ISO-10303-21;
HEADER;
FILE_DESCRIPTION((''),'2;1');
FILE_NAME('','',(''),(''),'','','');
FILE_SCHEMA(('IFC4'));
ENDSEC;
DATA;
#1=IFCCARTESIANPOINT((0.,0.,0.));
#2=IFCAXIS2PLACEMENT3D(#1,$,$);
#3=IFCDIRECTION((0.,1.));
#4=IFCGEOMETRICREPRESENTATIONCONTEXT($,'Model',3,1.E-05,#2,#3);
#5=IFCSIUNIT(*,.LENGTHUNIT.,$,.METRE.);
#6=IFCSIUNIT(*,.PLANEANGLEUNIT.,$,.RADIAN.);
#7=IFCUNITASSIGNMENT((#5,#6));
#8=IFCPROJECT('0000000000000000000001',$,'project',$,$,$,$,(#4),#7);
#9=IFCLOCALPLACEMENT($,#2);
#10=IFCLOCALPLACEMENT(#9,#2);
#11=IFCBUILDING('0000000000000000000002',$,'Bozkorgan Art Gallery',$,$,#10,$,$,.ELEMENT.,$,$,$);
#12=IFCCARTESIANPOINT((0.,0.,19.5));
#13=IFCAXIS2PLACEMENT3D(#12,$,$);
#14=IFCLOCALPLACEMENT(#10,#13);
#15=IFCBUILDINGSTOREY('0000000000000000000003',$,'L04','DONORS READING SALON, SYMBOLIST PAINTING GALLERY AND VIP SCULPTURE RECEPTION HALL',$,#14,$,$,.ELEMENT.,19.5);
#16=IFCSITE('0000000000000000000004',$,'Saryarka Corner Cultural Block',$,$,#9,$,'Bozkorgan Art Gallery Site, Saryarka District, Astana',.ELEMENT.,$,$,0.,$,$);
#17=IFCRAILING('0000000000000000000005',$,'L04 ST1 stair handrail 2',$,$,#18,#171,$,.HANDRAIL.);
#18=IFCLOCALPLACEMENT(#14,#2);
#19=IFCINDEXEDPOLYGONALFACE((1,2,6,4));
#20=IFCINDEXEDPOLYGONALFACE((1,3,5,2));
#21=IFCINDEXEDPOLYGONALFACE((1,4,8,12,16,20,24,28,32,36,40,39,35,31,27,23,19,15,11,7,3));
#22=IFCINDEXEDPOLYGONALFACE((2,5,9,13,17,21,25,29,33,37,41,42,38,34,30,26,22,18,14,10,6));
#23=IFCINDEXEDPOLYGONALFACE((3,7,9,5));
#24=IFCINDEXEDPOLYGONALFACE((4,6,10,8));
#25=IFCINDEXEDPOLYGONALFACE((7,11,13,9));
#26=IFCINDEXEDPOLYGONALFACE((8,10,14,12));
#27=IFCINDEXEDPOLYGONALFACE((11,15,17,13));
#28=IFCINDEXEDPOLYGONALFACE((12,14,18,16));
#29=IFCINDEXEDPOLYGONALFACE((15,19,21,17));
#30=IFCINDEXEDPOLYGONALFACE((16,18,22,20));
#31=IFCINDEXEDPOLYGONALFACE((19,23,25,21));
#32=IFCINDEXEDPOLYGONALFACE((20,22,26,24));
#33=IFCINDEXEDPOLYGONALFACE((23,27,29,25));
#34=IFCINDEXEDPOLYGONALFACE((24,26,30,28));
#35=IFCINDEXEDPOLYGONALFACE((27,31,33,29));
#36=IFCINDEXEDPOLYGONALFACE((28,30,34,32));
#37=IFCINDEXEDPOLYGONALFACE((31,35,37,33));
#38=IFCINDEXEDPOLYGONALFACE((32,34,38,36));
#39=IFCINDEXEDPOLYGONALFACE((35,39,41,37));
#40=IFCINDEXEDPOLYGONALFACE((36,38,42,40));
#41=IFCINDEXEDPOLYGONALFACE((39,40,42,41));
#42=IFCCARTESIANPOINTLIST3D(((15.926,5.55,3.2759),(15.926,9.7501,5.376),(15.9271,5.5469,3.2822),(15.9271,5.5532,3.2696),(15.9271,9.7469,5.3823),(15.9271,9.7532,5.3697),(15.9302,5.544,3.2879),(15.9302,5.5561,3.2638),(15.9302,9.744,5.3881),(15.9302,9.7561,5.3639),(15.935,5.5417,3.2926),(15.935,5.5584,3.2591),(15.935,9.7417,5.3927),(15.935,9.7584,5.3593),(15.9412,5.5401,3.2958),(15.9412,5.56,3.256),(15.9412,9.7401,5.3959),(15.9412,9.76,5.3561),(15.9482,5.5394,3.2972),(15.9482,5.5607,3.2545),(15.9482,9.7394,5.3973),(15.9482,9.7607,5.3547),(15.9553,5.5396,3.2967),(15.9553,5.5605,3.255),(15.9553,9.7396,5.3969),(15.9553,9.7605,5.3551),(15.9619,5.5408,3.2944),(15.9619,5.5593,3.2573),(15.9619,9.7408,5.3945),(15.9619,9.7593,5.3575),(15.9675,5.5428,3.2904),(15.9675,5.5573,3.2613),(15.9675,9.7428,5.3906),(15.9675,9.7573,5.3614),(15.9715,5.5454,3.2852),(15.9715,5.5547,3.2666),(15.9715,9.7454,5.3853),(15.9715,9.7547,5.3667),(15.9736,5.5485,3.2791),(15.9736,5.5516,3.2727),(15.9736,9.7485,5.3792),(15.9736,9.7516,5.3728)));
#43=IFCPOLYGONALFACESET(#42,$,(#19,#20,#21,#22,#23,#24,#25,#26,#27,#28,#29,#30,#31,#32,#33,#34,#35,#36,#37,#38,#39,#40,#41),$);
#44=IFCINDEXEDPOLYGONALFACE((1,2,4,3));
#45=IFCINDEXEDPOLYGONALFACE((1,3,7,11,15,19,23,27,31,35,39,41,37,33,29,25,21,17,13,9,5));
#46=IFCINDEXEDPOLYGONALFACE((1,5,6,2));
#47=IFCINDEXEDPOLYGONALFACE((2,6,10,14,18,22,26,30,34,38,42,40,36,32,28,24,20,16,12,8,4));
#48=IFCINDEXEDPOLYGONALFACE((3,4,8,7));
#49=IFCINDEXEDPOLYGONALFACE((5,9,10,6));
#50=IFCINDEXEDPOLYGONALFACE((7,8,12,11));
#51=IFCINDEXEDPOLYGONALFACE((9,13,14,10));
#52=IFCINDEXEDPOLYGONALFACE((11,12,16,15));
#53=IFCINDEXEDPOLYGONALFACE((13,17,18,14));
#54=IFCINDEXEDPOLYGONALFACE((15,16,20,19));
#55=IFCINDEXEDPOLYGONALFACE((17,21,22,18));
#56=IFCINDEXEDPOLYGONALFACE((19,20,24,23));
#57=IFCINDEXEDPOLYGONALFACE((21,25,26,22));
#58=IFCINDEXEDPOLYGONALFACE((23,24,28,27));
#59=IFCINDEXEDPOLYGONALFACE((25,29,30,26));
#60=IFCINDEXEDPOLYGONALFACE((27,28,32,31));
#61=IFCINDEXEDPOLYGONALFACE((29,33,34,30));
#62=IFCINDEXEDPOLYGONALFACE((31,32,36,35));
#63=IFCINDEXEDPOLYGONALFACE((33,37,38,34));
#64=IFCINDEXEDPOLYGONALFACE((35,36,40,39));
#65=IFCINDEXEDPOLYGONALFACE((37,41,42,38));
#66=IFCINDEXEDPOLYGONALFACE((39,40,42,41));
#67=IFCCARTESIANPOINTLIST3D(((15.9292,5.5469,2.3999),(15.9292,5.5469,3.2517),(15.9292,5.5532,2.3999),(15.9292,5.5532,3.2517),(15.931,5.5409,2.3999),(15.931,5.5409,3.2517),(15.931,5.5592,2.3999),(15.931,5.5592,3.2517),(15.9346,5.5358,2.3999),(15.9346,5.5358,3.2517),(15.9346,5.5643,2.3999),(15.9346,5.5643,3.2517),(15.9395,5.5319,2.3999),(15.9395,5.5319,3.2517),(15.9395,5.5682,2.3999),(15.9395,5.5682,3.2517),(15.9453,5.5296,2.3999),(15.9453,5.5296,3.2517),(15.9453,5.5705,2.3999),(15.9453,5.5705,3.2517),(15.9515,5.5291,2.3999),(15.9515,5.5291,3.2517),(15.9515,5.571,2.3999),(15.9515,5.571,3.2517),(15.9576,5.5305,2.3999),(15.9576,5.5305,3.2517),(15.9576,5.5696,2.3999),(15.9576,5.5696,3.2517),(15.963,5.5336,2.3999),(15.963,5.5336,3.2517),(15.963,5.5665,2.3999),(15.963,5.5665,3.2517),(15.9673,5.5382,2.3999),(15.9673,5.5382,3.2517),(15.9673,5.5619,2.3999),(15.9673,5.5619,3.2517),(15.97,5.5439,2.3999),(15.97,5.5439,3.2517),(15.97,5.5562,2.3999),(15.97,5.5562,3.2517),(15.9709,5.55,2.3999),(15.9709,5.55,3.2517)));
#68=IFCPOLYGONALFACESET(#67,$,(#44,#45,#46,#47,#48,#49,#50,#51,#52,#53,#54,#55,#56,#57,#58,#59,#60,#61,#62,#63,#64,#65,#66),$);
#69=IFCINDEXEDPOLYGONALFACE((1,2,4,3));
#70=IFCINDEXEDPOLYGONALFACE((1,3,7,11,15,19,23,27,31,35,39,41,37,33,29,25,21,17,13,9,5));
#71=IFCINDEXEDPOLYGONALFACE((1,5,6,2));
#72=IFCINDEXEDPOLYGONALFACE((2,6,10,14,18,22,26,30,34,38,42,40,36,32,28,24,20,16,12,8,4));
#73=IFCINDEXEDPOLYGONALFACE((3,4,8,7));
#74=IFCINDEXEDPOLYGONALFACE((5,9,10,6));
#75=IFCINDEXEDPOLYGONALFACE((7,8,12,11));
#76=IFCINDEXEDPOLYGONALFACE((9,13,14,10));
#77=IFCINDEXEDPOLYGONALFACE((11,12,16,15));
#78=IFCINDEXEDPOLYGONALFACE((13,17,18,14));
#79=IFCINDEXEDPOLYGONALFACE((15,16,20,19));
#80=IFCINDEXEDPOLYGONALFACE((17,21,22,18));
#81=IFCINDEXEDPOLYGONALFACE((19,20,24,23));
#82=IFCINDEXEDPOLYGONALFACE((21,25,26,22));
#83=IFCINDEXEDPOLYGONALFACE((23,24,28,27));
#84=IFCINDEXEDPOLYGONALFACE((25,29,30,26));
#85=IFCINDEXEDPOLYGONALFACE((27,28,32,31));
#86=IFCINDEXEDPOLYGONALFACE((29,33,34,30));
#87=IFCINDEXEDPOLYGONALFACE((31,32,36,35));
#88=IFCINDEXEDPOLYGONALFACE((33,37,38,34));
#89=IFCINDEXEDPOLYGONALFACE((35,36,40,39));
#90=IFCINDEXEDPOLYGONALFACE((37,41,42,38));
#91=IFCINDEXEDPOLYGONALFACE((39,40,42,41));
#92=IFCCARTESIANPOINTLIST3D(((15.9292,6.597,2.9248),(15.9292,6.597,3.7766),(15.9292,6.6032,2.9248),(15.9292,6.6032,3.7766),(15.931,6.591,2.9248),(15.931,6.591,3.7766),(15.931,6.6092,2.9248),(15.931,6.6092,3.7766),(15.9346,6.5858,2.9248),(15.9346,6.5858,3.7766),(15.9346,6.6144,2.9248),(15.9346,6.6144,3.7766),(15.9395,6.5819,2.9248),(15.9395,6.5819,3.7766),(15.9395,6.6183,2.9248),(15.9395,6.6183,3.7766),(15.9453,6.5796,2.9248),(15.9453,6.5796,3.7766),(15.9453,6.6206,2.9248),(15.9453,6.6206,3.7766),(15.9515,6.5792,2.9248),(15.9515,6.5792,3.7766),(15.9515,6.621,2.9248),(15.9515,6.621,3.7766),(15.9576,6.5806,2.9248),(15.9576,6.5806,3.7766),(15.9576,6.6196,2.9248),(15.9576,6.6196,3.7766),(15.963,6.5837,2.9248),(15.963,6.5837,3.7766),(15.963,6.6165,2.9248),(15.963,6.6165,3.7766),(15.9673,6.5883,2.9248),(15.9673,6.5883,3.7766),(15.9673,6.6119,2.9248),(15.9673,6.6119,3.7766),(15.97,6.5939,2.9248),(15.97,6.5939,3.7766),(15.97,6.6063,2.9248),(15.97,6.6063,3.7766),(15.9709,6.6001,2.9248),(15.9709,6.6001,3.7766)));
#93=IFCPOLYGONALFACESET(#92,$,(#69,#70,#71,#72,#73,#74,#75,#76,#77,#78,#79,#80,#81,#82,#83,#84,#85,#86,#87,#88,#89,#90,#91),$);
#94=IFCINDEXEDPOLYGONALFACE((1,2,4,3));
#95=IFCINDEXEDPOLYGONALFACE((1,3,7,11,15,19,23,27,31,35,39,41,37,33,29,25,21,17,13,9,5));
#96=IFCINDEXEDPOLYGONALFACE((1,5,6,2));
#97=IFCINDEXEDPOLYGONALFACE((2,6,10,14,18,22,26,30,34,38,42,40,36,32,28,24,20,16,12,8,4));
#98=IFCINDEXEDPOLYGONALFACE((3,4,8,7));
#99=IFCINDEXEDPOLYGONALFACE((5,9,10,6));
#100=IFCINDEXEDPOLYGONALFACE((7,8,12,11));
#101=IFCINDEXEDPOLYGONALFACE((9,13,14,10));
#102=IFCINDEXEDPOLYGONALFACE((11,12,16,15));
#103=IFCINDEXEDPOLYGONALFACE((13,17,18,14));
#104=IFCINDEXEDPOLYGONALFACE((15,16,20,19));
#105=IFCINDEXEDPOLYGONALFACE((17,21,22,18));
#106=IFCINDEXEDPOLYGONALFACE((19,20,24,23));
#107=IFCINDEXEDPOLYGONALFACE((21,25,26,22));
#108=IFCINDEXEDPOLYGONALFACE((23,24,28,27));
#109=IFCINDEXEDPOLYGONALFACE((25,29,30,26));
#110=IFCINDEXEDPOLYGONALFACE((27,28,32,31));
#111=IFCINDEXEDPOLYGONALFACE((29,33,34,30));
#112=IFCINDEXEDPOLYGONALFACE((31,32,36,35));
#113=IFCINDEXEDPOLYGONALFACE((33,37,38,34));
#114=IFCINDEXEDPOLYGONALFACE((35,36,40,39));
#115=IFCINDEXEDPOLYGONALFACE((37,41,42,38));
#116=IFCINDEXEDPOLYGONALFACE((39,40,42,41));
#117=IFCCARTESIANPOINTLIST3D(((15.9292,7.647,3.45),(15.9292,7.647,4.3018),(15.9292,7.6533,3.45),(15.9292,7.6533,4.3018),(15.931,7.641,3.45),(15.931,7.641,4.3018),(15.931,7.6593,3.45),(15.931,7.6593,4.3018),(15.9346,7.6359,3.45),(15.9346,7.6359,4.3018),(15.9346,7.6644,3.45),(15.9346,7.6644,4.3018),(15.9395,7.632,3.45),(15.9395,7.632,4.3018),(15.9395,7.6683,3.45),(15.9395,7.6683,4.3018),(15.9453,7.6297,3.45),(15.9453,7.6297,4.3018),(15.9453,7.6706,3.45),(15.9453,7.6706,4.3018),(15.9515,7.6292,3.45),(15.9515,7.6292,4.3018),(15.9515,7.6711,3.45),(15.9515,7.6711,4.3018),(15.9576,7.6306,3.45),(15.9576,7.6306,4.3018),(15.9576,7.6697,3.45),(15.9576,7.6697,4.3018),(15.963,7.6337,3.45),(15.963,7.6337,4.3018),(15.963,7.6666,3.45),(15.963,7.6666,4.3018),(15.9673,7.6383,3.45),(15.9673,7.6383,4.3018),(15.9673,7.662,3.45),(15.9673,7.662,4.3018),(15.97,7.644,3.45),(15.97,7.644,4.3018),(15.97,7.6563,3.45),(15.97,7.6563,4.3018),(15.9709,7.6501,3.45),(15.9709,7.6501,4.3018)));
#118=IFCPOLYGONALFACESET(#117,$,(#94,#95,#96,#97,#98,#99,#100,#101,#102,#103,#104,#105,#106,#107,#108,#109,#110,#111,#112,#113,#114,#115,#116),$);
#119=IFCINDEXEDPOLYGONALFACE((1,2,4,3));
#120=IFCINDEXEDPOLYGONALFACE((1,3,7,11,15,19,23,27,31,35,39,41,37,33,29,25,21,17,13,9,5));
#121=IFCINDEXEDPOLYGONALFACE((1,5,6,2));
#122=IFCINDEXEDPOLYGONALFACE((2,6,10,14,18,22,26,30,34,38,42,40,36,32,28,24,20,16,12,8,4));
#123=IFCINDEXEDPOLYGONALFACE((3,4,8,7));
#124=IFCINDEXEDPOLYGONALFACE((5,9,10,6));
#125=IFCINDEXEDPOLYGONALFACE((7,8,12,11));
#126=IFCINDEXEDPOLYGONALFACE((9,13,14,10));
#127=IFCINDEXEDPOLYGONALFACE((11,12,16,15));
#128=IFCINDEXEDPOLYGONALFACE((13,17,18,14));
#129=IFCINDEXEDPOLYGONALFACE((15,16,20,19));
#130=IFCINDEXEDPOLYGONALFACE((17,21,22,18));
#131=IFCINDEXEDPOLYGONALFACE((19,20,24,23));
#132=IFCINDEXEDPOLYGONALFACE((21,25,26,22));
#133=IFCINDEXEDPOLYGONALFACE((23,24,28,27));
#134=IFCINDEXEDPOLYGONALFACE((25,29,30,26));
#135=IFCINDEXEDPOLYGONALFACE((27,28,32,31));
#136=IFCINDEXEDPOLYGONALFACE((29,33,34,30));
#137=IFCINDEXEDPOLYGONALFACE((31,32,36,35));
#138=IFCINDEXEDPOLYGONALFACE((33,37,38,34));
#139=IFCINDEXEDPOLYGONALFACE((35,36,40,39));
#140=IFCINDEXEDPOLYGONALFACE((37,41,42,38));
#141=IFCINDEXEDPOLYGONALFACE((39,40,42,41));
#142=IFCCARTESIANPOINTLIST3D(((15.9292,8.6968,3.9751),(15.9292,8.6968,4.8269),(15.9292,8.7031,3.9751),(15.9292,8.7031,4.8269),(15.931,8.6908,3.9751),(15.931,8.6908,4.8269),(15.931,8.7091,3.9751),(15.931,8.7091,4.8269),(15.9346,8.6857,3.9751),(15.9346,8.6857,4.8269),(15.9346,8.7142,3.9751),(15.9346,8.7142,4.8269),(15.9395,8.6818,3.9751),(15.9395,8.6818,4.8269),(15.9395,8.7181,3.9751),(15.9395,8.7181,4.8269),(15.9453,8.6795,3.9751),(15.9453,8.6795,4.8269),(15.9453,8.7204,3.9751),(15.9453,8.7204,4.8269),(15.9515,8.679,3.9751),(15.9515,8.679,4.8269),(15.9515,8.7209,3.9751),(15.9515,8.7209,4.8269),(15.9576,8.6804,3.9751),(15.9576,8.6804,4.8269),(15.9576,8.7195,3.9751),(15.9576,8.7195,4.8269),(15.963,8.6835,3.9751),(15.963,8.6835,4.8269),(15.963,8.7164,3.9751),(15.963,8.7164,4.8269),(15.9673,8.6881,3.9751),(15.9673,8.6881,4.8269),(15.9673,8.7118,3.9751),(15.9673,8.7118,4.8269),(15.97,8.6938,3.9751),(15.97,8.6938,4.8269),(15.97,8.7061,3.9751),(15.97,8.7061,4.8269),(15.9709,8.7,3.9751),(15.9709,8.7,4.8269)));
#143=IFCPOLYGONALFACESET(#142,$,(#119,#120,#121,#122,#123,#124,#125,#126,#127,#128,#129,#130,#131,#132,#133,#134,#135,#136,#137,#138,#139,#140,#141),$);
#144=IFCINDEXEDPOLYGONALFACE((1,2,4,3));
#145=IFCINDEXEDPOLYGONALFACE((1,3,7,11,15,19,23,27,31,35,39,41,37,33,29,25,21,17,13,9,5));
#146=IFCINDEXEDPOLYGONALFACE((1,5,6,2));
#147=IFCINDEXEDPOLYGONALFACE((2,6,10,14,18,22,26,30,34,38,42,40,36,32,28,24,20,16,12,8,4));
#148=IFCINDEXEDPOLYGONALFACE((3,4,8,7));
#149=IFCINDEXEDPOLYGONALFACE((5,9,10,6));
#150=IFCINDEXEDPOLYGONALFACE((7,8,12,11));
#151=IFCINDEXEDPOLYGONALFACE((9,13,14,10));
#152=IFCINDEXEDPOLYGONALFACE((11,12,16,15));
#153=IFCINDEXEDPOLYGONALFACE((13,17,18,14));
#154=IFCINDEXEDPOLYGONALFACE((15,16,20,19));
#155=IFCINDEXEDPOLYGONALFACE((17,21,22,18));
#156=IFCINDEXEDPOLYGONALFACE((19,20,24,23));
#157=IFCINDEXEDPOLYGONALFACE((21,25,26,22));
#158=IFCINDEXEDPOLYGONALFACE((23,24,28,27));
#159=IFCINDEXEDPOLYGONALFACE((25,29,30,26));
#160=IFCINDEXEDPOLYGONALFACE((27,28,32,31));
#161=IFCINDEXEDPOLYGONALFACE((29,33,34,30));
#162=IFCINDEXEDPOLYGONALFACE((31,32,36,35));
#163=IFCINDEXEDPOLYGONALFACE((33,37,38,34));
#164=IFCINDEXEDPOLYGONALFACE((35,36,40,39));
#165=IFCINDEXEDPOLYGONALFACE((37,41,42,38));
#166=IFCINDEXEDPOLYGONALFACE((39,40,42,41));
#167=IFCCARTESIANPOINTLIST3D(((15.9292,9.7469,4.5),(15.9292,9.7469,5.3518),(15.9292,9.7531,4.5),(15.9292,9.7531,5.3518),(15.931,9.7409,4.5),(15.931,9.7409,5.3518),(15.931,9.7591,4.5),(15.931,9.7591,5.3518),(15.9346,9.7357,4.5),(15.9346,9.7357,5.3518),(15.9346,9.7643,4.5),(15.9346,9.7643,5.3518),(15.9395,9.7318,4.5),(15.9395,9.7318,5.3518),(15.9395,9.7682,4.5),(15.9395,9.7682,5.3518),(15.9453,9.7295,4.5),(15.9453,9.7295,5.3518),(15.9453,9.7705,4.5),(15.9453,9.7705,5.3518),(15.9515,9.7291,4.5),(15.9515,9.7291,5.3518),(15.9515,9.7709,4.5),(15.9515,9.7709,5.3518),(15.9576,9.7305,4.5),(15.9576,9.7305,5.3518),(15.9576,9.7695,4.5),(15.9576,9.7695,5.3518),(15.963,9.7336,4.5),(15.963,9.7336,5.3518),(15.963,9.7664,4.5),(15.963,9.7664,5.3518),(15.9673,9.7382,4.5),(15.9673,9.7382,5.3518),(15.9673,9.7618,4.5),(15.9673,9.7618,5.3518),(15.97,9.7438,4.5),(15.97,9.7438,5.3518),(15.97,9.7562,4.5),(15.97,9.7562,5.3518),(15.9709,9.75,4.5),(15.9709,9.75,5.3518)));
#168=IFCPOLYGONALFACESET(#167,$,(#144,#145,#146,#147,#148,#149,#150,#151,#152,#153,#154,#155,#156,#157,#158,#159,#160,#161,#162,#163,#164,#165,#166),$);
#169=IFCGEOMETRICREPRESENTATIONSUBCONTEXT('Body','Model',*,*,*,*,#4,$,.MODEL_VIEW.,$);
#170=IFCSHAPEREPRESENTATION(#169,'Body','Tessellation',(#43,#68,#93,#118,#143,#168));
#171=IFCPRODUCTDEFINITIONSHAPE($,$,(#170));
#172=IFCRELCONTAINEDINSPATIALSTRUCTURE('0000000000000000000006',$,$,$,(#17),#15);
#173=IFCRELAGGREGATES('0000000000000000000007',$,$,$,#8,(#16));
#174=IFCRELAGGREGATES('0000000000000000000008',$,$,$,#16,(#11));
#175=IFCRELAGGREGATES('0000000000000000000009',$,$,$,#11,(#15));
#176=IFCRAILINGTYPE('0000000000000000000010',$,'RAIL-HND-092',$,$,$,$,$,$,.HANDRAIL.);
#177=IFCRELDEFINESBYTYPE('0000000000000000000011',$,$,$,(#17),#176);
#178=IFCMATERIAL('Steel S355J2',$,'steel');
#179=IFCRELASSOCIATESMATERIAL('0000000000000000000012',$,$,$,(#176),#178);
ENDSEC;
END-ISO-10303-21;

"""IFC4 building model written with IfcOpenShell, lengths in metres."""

from ifc_helpers import new_model, si_unit, direction, frame, origin, origin_2d, place, context, subcontext, project, spatial, circle, extrude, material, type_object, element, save


model = new_model("IFC4")

# Units and contexts
model_context = context("Model", 3, precision=1e-05, world=origin(), true_north=direction((0.0, 1.0)))
body_context = subcontext(model_context, "Body", "Model", "MODEL_VIEW")
ifc_project = project(units=[si_unit("LENGTHUNIT", "METRE"), si_unit("PLANEANGLEUNIT", "RADIAN")], contexts=[model_context])

# Site, building, storey
site_placement = place(None, origin())
site = spatial("IfcSite", under=ifc_project, at=site_placement, Name="Saryarka Corner Cultural Block", LongName="Bozkorgan Art Gallery Site, Saryarka District, Astana", CompositionType="ELEMENT", RefElevation=0.0)
building_placement = place(site_placement, origin())
building = spatial("IfcBuilding", under=site, at=building_placement, Name="Bozkorgan Art Gallery", CompositionType="ELEMENT")
storey_placement = place(building_placement, frame((0.0, 0.0, 19.5)))
storey = spatial("IfcBuildingStorey", under=building, at=storey_placement, Name="L04", Description="DONORS READING SALON, SYMBOLIST PAINTING GALLERY AND VIP SCULPTURE RECEPTION HALL", CompositionType="ELEMENT", Elevation=19.5)

# Shared definitions
ifc_material_1 = material(Name="Steel S355J2", Category="steel")

# Railing
railing_type_1 = type_object("IfcRailingType", Name="RAIL-HND-092", PredefinedType="HANDRAIL", material=ifc_material_1)
railing_1_placement = place(storey_placement, frame((15.95, 5.55, 2.3999)))
element("IfcRailing", 1, at=railing_1_placement, inside=storey, type_object=railing_type_1, Name="L04 ST1 stair handrail 2", PredefinedType="HANDRAIL", context=body_context, shape_type="SweptSolid", body=[
    extrude(circle(Radius=0.0239, at=origin_2d()), frame((0.0, 0.0, 0.876), z_axis=(0.0, 0.894417, 0.447234), x_axis=(-1.0, 0.0, 0.0)), (0.0, 0.0, 1.0), 4.6958),
    extrude(circle(Radius=0.021, at=origin_2d()), origin(), (0.0, 0.0, 1.0), 0.8518),
    extrude(circle(Radius=0.021, at=origin_2d()), frame((0.0, 1.05, 0.5249)), (0.0, 0.0, 1.0), 0.8518),
    extrude(circle(Radius=0.021, at=origin_2d()), frame((0.0, 2.1001, 1.05)), (0.0, 0.0, 1.0), 0.8518),
    extrude(circle(Radius=0.021, at=origin_2d()), frame((0.0, 3.1499, 1.5752)), (0.0, 0.0, 1.0), 0.8518),
    extrude(circle(Radius=0.021, at=origin_2d()), frame((0.0, 4.2, 2.1001)), (0.0, 0.0, 1.0), 0.8518),
])

save(model, "model.ifc")
